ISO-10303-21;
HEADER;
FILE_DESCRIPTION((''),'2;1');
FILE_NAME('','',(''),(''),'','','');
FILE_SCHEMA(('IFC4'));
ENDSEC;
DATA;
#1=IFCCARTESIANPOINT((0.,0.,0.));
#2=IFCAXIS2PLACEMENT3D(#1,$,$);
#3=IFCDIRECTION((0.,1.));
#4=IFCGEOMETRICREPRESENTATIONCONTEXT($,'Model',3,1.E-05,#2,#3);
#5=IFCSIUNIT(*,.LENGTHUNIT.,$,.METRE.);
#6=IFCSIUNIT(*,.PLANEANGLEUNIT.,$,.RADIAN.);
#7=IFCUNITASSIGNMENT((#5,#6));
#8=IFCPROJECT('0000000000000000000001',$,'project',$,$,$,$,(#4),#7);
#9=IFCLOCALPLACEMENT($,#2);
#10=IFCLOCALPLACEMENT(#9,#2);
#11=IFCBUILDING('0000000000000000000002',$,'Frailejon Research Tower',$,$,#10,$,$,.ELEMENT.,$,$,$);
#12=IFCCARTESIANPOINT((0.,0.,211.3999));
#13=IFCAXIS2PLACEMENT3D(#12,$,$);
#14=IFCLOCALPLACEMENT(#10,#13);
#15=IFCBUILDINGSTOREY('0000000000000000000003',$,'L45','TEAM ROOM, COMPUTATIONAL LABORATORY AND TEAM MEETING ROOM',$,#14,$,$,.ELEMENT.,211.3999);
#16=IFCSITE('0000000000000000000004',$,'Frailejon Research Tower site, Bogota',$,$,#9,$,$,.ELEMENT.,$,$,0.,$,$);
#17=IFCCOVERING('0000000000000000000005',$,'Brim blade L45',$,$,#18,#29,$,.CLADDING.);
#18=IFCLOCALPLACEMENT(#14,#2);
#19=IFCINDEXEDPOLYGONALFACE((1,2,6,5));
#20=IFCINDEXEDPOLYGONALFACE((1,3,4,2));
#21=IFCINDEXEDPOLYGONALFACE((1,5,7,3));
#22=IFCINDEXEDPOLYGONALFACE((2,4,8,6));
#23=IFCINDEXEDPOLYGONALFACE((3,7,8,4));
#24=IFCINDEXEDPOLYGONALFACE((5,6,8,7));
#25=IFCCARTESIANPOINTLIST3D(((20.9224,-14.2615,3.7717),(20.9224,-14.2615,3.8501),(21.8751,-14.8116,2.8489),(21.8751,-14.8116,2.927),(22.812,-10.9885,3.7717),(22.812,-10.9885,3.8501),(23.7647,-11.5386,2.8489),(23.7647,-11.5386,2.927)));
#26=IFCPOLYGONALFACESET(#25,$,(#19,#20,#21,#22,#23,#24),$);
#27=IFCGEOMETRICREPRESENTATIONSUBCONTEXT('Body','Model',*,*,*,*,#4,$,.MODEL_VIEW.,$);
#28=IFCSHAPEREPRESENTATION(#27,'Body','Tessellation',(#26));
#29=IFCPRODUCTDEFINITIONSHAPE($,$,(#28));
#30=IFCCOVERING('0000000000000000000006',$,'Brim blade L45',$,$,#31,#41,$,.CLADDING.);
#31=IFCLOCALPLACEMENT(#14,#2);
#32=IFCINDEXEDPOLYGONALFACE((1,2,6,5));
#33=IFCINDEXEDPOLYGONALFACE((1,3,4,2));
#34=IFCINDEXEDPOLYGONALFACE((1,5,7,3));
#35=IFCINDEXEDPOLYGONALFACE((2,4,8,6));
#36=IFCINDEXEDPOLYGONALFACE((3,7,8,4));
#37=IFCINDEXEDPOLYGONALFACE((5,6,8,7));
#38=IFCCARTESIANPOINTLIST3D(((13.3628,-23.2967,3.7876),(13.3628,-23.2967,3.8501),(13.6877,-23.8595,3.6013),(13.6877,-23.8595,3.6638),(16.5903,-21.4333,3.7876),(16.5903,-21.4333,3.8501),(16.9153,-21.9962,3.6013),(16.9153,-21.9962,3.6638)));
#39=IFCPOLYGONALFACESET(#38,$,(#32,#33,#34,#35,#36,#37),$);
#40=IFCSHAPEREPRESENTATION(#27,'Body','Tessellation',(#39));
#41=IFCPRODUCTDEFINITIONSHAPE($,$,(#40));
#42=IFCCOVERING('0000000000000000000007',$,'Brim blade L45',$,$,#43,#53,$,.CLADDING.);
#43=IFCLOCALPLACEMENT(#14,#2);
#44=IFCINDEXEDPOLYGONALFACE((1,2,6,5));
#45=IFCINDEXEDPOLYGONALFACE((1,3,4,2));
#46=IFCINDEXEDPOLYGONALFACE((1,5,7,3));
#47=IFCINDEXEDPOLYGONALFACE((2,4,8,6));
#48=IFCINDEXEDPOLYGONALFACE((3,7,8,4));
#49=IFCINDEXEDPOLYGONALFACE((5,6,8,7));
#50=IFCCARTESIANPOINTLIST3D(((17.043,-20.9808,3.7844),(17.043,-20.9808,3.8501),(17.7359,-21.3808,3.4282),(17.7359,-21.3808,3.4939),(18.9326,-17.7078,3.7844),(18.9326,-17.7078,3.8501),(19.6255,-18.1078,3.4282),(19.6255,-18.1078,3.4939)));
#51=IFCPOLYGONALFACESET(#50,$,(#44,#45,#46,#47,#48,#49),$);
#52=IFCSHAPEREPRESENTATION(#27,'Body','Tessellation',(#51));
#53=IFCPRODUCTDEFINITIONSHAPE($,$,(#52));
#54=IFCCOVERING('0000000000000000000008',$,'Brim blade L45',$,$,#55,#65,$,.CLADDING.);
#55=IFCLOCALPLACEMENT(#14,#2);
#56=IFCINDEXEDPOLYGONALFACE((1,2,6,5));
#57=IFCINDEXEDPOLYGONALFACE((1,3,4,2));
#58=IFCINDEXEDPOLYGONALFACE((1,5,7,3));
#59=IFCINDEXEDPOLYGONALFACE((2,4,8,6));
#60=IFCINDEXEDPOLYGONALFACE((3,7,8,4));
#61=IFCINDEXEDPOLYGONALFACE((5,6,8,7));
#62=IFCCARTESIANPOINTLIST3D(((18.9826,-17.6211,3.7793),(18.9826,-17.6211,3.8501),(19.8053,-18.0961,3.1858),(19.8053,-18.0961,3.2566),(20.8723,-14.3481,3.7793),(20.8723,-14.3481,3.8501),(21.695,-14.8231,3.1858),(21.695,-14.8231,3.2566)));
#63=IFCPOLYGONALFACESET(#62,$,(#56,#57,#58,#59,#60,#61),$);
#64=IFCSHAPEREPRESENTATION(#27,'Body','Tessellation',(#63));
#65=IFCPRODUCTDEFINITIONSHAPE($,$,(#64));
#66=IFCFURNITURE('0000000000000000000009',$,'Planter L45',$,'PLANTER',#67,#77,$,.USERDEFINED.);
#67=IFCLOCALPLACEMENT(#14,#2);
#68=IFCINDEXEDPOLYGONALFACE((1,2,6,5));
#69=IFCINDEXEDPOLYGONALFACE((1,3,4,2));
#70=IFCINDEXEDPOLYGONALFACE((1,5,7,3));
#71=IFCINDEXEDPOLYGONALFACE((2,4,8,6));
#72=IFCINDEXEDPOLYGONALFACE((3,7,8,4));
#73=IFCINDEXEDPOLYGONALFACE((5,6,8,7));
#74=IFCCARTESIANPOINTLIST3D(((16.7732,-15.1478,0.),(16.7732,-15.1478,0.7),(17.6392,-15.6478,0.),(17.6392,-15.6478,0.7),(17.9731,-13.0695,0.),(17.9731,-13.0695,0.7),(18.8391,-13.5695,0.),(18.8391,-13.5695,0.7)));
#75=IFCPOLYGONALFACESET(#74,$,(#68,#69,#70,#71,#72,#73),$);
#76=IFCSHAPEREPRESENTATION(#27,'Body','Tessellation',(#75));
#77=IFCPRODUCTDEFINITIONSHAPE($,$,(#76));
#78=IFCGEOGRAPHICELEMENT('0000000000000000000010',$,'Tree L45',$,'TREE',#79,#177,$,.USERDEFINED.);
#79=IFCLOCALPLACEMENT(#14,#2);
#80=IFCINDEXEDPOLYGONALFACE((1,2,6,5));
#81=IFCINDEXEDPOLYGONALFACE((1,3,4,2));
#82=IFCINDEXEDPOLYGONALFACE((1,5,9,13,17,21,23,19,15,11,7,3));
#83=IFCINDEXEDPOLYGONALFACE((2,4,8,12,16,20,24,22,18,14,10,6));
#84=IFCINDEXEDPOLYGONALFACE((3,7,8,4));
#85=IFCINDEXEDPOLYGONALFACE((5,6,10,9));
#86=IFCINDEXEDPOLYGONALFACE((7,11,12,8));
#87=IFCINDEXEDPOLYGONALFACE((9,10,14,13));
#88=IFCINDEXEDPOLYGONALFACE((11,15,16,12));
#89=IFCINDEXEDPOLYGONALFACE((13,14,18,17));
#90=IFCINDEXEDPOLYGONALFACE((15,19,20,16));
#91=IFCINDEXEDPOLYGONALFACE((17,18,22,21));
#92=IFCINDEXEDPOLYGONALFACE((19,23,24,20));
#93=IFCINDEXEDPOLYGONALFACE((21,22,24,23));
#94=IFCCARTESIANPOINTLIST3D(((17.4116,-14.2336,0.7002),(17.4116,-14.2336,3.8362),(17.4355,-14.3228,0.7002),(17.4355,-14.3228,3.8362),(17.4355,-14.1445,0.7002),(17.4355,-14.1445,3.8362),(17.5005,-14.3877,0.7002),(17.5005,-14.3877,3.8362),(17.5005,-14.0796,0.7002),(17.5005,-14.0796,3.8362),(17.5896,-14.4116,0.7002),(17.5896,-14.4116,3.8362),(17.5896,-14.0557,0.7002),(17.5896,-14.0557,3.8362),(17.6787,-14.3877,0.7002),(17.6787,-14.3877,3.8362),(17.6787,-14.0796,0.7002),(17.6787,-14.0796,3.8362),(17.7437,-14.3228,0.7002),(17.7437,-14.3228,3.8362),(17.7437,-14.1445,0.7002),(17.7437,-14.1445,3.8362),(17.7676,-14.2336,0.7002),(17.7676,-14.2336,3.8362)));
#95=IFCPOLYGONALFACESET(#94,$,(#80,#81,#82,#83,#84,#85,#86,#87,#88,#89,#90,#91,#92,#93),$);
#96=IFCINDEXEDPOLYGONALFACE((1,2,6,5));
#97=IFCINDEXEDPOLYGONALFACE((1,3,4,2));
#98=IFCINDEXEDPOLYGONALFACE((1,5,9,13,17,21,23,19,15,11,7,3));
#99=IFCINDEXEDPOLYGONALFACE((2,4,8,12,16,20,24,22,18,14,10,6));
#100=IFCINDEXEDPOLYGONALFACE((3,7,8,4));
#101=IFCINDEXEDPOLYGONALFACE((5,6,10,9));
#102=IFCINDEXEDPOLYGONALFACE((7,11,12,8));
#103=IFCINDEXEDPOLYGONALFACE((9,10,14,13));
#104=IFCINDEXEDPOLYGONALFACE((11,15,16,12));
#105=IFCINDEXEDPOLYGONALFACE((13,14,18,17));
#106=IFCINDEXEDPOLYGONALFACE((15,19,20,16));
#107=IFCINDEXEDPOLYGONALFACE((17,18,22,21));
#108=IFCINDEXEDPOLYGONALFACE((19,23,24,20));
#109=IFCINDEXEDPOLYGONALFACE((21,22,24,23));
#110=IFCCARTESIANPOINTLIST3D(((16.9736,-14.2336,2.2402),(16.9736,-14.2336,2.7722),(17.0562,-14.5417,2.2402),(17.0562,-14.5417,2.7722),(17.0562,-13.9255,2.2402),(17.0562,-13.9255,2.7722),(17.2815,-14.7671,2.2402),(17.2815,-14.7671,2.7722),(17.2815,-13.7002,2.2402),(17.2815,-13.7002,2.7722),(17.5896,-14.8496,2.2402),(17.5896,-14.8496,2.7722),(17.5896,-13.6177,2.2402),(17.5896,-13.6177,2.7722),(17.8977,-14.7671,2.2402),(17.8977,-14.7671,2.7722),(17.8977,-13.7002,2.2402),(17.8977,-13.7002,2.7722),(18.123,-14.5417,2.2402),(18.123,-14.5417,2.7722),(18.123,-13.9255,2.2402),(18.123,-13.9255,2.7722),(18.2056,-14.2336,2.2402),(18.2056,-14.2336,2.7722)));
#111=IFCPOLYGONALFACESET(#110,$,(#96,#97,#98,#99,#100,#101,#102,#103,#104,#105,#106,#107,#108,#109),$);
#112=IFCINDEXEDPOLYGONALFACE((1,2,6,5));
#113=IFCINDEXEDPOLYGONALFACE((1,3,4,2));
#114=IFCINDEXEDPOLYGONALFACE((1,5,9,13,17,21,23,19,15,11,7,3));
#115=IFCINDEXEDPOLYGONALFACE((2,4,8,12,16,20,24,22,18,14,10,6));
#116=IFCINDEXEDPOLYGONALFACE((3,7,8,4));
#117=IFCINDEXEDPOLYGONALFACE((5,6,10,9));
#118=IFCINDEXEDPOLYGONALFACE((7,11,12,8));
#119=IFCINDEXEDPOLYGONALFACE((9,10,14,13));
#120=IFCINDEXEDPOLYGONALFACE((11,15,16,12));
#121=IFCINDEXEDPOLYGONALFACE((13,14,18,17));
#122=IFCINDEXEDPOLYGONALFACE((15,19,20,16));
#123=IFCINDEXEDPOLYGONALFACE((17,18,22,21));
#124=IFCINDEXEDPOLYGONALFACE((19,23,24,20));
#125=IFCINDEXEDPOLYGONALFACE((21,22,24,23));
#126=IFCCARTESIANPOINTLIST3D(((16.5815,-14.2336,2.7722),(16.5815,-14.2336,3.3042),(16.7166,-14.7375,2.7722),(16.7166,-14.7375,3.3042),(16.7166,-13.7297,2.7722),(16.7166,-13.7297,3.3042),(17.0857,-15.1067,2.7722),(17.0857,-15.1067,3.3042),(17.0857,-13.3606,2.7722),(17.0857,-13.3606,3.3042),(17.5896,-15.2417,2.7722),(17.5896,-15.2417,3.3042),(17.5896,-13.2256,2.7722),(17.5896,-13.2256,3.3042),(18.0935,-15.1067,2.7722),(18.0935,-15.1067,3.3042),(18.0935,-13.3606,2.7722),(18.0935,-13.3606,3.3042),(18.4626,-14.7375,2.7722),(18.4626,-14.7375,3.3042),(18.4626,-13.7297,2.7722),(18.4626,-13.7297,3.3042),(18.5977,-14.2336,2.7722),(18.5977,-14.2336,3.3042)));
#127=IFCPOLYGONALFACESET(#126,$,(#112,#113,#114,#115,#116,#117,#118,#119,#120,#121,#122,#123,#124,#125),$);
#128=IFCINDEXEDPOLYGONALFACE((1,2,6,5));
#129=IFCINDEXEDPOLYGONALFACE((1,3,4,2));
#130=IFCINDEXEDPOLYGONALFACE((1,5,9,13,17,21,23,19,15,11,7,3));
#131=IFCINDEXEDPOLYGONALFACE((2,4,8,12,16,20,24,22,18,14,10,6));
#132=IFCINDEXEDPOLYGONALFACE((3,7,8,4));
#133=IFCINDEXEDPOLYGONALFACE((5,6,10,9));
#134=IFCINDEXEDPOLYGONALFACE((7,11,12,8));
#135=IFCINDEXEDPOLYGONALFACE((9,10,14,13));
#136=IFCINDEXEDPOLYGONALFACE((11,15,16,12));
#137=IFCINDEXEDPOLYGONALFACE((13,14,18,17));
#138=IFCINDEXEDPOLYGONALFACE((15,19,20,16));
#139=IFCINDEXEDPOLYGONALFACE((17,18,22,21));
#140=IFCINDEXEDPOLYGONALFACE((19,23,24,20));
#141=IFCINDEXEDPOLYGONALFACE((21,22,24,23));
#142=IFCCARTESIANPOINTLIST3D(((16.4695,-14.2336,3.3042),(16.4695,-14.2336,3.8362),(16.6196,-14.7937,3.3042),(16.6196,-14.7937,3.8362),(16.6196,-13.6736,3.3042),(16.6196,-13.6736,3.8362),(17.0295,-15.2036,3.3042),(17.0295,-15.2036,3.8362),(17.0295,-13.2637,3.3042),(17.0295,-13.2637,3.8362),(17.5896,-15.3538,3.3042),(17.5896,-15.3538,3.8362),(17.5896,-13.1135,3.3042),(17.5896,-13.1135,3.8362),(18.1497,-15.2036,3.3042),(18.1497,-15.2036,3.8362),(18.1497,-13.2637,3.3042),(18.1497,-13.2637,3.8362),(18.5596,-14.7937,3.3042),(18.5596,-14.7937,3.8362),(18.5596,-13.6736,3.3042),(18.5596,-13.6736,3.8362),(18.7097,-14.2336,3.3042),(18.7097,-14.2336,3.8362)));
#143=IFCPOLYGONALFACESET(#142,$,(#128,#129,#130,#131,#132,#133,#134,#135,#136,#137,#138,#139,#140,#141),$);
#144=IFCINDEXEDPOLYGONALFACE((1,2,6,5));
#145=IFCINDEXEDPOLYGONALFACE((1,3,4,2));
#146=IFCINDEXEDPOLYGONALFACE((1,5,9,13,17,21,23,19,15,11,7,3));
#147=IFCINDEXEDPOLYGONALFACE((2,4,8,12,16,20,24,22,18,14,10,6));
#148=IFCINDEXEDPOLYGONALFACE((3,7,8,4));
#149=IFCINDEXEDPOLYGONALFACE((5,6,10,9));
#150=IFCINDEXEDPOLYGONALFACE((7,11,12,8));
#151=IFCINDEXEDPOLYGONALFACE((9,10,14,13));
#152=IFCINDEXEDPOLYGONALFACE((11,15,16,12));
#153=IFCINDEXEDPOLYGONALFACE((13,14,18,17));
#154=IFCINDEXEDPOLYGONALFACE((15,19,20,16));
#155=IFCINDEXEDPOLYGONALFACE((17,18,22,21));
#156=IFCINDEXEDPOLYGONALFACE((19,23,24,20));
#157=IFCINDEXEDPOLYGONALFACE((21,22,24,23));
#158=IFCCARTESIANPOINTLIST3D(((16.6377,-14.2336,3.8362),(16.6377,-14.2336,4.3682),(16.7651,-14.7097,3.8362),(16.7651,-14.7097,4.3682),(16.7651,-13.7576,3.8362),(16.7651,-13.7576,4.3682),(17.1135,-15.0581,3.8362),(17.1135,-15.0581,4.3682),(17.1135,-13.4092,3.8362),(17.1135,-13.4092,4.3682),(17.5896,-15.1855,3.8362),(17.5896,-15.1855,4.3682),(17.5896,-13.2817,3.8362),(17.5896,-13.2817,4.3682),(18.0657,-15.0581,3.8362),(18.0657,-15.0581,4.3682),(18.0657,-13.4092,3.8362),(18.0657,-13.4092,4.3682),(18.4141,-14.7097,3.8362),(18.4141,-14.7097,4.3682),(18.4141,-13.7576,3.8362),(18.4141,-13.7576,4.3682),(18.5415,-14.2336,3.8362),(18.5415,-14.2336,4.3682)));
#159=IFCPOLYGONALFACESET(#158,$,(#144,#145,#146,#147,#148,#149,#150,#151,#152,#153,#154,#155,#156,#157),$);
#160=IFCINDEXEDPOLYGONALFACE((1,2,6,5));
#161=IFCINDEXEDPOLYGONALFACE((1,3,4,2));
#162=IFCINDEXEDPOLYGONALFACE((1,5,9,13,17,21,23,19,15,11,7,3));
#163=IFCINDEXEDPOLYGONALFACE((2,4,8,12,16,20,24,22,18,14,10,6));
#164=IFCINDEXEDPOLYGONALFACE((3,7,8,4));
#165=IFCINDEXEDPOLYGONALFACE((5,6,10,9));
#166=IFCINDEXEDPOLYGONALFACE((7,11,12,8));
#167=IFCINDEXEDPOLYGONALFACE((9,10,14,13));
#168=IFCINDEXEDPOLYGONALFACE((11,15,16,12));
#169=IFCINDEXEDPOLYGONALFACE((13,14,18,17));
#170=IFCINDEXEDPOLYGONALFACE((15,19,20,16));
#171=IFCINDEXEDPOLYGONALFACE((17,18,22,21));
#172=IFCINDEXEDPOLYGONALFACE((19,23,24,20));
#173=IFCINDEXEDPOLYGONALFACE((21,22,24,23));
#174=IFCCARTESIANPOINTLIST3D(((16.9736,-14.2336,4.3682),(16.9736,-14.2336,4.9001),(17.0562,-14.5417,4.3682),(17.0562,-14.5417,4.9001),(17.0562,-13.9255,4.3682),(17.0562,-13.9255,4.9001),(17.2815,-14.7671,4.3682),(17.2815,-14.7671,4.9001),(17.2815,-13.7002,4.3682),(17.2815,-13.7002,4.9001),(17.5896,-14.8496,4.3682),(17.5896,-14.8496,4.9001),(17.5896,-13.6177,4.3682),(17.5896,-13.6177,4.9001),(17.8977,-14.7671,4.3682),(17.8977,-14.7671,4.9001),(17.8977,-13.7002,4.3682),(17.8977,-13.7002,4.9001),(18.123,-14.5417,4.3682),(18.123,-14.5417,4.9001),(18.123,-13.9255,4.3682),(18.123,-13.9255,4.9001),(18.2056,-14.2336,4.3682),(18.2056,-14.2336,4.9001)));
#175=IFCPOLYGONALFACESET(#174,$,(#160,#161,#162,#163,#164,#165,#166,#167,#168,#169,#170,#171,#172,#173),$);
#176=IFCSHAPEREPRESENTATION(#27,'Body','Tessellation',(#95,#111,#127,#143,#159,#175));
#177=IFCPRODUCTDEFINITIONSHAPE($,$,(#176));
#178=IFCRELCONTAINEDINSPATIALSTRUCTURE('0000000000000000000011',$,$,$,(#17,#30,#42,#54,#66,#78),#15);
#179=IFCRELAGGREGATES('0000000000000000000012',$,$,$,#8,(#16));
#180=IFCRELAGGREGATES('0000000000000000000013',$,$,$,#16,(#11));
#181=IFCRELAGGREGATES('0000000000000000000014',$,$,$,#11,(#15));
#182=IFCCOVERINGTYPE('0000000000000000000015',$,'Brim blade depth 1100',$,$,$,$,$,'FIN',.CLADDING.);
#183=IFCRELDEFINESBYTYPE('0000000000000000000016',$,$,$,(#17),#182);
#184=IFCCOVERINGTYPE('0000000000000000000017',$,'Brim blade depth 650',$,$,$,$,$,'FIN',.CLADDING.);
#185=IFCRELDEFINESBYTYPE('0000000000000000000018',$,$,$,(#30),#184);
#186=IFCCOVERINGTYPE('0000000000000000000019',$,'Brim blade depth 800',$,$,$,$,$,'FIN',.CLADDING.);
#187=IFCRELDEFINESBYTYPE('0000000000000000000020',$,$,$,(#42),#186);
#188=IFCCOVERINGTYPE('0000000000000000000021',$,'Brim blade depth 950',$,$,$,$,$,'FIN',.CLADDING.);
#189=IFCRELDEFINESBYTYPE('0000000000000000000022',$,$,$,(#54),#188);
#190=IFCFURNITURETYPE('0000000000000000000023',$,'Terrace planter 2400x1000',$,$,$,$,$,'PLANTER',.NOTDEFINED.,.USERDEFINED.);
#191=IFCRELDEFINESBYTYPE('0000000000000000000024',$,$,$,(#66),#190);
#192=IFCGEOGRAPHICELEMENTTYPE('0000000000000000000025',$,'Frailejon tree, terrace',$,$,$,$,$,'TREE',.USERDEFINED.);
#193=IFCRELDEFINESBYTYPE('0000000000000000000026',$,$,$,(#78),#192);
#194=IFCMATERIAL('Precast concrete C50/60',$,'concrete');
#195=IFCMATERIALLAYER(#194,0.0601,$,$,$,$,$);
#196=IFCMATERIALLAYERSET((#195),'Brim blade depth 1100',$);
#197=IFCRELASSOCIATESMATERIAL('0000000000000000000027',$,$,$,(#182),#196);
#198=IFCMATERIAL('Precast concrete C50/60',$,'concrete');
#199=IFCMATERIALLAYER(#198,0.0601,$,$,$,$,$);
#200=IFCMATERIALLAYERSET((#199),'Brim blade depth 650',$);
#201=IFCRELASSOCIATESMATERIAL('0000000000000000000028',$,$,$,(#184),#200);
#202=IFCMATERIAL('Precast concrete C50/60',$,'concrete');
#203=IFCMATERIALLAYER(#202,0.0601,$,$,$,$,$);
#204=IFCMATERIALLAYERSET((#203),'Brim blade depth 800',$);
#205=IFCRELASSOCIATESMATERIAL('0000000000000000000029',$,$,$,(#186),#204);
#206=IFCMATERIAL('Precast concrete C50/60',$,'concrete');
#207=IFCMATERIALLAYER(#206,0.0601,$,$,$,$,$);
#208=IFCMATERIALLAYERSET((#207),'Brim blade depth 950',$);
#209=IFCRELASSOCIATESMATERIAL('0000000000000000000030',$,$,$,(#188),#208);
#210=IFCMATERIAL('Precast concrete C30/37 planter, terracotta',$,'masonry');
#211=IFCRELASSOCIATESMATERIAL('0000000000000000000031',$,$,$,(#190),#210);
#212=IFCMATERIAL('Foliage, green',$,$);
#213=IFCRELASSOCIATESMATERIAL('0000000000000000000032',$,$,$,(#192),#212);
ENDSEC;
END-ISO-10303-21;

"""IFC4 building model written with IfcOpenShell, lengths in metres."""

from ifc_helpers import new_model, si_unit, direction, frame, origin, origin_2d, place, context, subcontext, project, spatial, polyline, rectangle, outline, extrude, material, layer, layer_set, type_object, element, save


model = new_model("IFC4")

# Units and contexts
model_context = context("Model", 3, precision=1e-05, world=origin(), true_north=direction((0.0, 1.0)))
body_context = subcontext(model_context, "Body", "Model", "MODEL_VIEW")
ifc_project = project(units=[si_unit("LENGTHUNIT", "METRE"), si_unit("PLANEANGLEUNIT", "RADIAN")], contexts=[model_context])

# Site, building, storey
site_placement = place(None, origin())
site = spatial("IfcSite", under=ifc_project, at=site_placement, Name="Frailejon Research Tower site, Bogota", CompositionType="ELEMENT", RefElevation=0.0)
building_placement = place(site_placement, origin())
building = spatial("IfcBuilding", under=site, at=building_placement, Name="Frailejon Research Tower", CompositionType="ELEMENT")
storey_placement = place(building_placement, frame((0.0, 0.0, 211.3999)))
storey = spatial("IfcBuildingStorey", under=building, at=storey_placement, Name="L45", Description="TEAM ROOM, COMPUTATIONAL LABORATORY AND TEAM MEETING ROOM", CompositionType="ELEMENT", Elevation=211.3999)

# Coverings
ifc_material_1 = material(Name="Precast concrete C50/60", Category="concrete")
ifc_layer_1 = layer(ifc_material_1, 0.0601)
ifc_layer_set_1 = layer_set([ifc_layer_1], Name="Brim blade depth 1100")
covering_type_1 = type_object("IfcCoveringType", Name="Brim blade depth 1100", ElementType="FIN", PredefinedType="CLADDING", material=ifc_layer_set_1)
covering_1_placement = place(storey_placement, frame((22.812, -10.9885, 3.8501), z_axis=(-0.499987, -0.866033, 0.0), x_axis=(0.866033, -0.499987, 0.0)))
element("IfcCovering", 1, at=covering_1_placement, inside=storey, type_object=covering_type_1, Name="Brim blade L45", PredefinedType="CLADDING", context=body_context, shape_type="SweptSolid", body=[
    extrude(outline(polyline([(0.0, -0.0784), (1.1001, -1.0012), (1.1001, -0.9231), (0.0, 0.0), (0.0, -0.0784)])), origin(), (0.0, 0.0, 1.0), 3.7793),
])
ifc_material_2 = material(Name="Precast concrete C50/60", Category="concrete")
ifc_layer_2 = layer(ifc_material_2, 0.0601)
ifc_layer_set_2 = layer_set([ifc_layer_2], Name="Brim blade depth 650")
covering_type_2 = type_object("IfcCoveringType", Name="Brim blade depth 650", ElementType="FIN", PredefinedType="CLADDING", material=ifc_layer_set_2)
covering_2_placement = place(storey_placement, frame((16.5903, -21.4333, 3.8501), z_axis=(-0.866036, -0.499981, 0.0), x_axis=(0.499981, -0.866036, 0.0)))
element("IfcCovering", 2, at=covering_2_placement, inside=storey, type_object=covering_type_2, Name="Brim blade L45", PredefinedType="CLADDING", context=body_context, shape_type="SweptSolid", body=[
    extrude(outline(polyline([(0.0, -0.0625), (0.6499, -0.2488), (0.6499, -0.1863), (0.0, 0.0), (0.0, -0.0625)])), origin(), (0.0, 0.0, 1.0), 3.7268),
])
ifc_material_3 = material(Name="Precast concrete C50/60", Category="concrete")
ifc_layer_3 = layer(ifc_material_3, 0.0601)
ifc_layer_set_3 = layer_set([ifc_layer_3], Name="Brim blade depth 800")
covering_type_3 = type_object("IfcCoveringType", Name="Brim blade depth 800", ElementType="FIN", PredefinedType="CLADDING", material=ifc_layer_set_3)
covering_3_placement = place(storey_placement, frame((18.9326, -17.7078, 3.8501), z_axis=(-0.499987, -0.866033, 0.0), x_axis=(0.866033, -0.499987, 0.0)))
element("IfcCovering", 3, at=covering_3_placement, inside=storey, type_object=covering_type_3, Name="Brim blade L45", PredefinedType="CLADDING", context=body_context, shape_type="SweptSolid", body=[
    extrude(outline(polyline([(0.0, -0.0657), (0.8, -0.4219), (0.8, -0.3562), (0.0, 0.0), (0.0, -0.0657)])), origin(), (0.0, 0.0, 1.0), 3.7793),
])
ifc_material_4 = material(Name="Precast concrete C50/60", Category="concrete")
ifc_layer_4 = layer(ifc_material_4, 0.0601)
ifc_layer_set_4 = layer_set([ifc_layer_4], Name="Brim blade depth 950")
covering_type_4 = type_object("IfcCoveringType", Name="Brim blade depth 950", ElementType="FIN", PredefinedType="CLADDING", material=ifc_layer_set_4)
covering_4_placement = place(storey_placement, frame((20.8723, -14.3481, 3.8501), z_axis=(-0.500007, -0.866022, 0.0), x_axis=(0.866022, -0.500007, 0.0)))
element("IfcCovering", 4, at=covering_4_placement, inside=storey, type_object=covering_type_4, Name="Brim blade L45", PredefinedType="CLADDING", context=body_context, shape_type="SweptSolid", body=[
    extrude(outline(polyline([(0.0, -0.0708), (0.95, -0.6643), (0.95, -0.5935), (0.0, 0.0), (0.0, -0.0708)])), origin(), (0.0, 0.0, 1.0), 3.7793),
])

# Furniture
ifc_material_5 = material(Name="Precast concrete C30/37 planter, terracotta", Category="masonry")
furniture_type = type_object("IfcFurnitureType", Name="Terrace planter 2400x1000", ElementType="PLANTER", AssemblyPlace="NOTDEFINED", PredefinedType="USERDEFINED", material=ifc_material_5)
furniture_placement = place(storey_placement, frame((17.8062, -14.3586, 0.0), z_axis=(0.0, 0.0, 1.0), x_axis=(0.5, 0.866025, 0.0)))
element("IfcFurniture", 5, at=furniture_placement, inside=storey, type_object=furniture_type, Name="Planter L45", ObjectType="PLANTER", PredefinedType="USERDEFINED", context=body_context, shape_type="SweptSolid", body=[
    extrude(rectangle(XDim=2.3999, YDim=1.0, at=origin_2d()), origin(), (0.0, 0.0, 1.0), 0.7),
])

# Geographic element
ifc_material_6 = material(Name="Foliage, green")
geographic_element_type = type_object("IfcGeographicElementType", Name="Frailejon tree, terrace", ElementType="TREE", PredefinedType="USERDEFINED", material=ifc_material_6)
geographic_element_placement = place(storey_placement, frame((17.5896, -14.2336, 0.7002)))
element("IfcGeographicElement", 6, at=geographic_element_placement, inside=storey, type_object=geographic_element_type, Name="Tree L45", ObjectType="TREE", PredefinedType="USERDEFINED", context=body_context, shape_type="SweptSolid", body=[
    extrude(outline(polyline([(0.178, 0.0), (0.1541, 0.0891), (0.0891, 0.1541), (0.0, 0.178), (-0.0891, 0.1541), (-0.1541, 0.0891), (-0.178, 0.0), (-0.1541, -0.0891), (-0.0891, -0.1541), (0.0, -0.178), (0.0891, -0.1541), (0.1541, -0.0891), (0.178, 0.0)])), origin(), (0.0, 0.0, 1.0), 3.136),
    extrude(outline(polyline([(0.616, 0.0), (0.5334, 0.3081), (0.3081, 0.5334), (0.0, 0.616), (-0.3081, 0.5334), (-0.5334, 0.3081), (-0.616, 0.0), (-0.5334, -0.3081), (-0.3081, -0.5334), (0.0, -0.616), (0.3081, -0.5334), (0.5334, -0.3081), (0.616, 0.0)])), frame((0.0, 0.0, 1.54)), (0.0, 0.0, 1.0), 0.532),
    extrude(outline(polyline([(1.0081, 0.0), (0.873, 0.5039), (0.5039, 0.873), (0.0, 1.0081), (-0.5039, 0.873), (-0.873, 0.5039), (-1.0081, 0.0), (-0.873, -0.5039), (-0.5039, -0.873), (0.0, -1.0081), (0.5039, -0.873), (0.873, -0.5039), (1.0081, 0.0)])), frame((0.0, 0.0, 2.072)), (0.0, 0.0, 1.0), 0.532),
    extrude(outline(polyline([(1.1201, 0.0), (0.97, 0.5601), (0.5601, 0.97), (0.0, 1.1201), (-0.5601, 0.97), (-0.97, 0.5601), (-1.1201, 0.0), (-0.97, -0.5601), (-0.5601, -0.97), (0.0, -1.1201), (0.5601, -0.97), (0.97, -0.5601), (1.1201, 0.0)])), frame((0.0, 0.0, 2.604)), (0.0, 0.0, 1.0), 0.532),
    extrude(outline(polyline([(0.9519, 0.0), (0.8245, 0.4761), (0.4761, 0.8245), (0.0, 0.9519), (-0.4761, 0.8245), (-0.8245, 0.4761), (-0.9519, 0.0), (-0.8245, -0.4761), (-0.4761, -0.8245), (0.0, -0.9519), (0.4761, -0.8245), (0.8245, -0.4761), (0.9519, 0.0)])), frame((0.0, 0.0, 3.136)), (0.0, 0.0, 1.0), 0.532),
    extrude(outline(polyline([(0.616, 0.0), (0.5334, 0.3081), (0.3081, 0.5334), (0.0, 0.616), (-0.3081, 0.5334), (-0.5334, 0.3081), (-0.616, 0.0), (-0.5334, -0.3081), (-0.3081, -0.5334), (0.0, -0.616), (0.3081, -0.5334), (0.5334, -0.3081), (0.616, 0.0)])), frame((0.0, 0.0, 3.668)), (0.0, 0.0, 1.0), 0.532),
])

save(model, "model.ifc")
